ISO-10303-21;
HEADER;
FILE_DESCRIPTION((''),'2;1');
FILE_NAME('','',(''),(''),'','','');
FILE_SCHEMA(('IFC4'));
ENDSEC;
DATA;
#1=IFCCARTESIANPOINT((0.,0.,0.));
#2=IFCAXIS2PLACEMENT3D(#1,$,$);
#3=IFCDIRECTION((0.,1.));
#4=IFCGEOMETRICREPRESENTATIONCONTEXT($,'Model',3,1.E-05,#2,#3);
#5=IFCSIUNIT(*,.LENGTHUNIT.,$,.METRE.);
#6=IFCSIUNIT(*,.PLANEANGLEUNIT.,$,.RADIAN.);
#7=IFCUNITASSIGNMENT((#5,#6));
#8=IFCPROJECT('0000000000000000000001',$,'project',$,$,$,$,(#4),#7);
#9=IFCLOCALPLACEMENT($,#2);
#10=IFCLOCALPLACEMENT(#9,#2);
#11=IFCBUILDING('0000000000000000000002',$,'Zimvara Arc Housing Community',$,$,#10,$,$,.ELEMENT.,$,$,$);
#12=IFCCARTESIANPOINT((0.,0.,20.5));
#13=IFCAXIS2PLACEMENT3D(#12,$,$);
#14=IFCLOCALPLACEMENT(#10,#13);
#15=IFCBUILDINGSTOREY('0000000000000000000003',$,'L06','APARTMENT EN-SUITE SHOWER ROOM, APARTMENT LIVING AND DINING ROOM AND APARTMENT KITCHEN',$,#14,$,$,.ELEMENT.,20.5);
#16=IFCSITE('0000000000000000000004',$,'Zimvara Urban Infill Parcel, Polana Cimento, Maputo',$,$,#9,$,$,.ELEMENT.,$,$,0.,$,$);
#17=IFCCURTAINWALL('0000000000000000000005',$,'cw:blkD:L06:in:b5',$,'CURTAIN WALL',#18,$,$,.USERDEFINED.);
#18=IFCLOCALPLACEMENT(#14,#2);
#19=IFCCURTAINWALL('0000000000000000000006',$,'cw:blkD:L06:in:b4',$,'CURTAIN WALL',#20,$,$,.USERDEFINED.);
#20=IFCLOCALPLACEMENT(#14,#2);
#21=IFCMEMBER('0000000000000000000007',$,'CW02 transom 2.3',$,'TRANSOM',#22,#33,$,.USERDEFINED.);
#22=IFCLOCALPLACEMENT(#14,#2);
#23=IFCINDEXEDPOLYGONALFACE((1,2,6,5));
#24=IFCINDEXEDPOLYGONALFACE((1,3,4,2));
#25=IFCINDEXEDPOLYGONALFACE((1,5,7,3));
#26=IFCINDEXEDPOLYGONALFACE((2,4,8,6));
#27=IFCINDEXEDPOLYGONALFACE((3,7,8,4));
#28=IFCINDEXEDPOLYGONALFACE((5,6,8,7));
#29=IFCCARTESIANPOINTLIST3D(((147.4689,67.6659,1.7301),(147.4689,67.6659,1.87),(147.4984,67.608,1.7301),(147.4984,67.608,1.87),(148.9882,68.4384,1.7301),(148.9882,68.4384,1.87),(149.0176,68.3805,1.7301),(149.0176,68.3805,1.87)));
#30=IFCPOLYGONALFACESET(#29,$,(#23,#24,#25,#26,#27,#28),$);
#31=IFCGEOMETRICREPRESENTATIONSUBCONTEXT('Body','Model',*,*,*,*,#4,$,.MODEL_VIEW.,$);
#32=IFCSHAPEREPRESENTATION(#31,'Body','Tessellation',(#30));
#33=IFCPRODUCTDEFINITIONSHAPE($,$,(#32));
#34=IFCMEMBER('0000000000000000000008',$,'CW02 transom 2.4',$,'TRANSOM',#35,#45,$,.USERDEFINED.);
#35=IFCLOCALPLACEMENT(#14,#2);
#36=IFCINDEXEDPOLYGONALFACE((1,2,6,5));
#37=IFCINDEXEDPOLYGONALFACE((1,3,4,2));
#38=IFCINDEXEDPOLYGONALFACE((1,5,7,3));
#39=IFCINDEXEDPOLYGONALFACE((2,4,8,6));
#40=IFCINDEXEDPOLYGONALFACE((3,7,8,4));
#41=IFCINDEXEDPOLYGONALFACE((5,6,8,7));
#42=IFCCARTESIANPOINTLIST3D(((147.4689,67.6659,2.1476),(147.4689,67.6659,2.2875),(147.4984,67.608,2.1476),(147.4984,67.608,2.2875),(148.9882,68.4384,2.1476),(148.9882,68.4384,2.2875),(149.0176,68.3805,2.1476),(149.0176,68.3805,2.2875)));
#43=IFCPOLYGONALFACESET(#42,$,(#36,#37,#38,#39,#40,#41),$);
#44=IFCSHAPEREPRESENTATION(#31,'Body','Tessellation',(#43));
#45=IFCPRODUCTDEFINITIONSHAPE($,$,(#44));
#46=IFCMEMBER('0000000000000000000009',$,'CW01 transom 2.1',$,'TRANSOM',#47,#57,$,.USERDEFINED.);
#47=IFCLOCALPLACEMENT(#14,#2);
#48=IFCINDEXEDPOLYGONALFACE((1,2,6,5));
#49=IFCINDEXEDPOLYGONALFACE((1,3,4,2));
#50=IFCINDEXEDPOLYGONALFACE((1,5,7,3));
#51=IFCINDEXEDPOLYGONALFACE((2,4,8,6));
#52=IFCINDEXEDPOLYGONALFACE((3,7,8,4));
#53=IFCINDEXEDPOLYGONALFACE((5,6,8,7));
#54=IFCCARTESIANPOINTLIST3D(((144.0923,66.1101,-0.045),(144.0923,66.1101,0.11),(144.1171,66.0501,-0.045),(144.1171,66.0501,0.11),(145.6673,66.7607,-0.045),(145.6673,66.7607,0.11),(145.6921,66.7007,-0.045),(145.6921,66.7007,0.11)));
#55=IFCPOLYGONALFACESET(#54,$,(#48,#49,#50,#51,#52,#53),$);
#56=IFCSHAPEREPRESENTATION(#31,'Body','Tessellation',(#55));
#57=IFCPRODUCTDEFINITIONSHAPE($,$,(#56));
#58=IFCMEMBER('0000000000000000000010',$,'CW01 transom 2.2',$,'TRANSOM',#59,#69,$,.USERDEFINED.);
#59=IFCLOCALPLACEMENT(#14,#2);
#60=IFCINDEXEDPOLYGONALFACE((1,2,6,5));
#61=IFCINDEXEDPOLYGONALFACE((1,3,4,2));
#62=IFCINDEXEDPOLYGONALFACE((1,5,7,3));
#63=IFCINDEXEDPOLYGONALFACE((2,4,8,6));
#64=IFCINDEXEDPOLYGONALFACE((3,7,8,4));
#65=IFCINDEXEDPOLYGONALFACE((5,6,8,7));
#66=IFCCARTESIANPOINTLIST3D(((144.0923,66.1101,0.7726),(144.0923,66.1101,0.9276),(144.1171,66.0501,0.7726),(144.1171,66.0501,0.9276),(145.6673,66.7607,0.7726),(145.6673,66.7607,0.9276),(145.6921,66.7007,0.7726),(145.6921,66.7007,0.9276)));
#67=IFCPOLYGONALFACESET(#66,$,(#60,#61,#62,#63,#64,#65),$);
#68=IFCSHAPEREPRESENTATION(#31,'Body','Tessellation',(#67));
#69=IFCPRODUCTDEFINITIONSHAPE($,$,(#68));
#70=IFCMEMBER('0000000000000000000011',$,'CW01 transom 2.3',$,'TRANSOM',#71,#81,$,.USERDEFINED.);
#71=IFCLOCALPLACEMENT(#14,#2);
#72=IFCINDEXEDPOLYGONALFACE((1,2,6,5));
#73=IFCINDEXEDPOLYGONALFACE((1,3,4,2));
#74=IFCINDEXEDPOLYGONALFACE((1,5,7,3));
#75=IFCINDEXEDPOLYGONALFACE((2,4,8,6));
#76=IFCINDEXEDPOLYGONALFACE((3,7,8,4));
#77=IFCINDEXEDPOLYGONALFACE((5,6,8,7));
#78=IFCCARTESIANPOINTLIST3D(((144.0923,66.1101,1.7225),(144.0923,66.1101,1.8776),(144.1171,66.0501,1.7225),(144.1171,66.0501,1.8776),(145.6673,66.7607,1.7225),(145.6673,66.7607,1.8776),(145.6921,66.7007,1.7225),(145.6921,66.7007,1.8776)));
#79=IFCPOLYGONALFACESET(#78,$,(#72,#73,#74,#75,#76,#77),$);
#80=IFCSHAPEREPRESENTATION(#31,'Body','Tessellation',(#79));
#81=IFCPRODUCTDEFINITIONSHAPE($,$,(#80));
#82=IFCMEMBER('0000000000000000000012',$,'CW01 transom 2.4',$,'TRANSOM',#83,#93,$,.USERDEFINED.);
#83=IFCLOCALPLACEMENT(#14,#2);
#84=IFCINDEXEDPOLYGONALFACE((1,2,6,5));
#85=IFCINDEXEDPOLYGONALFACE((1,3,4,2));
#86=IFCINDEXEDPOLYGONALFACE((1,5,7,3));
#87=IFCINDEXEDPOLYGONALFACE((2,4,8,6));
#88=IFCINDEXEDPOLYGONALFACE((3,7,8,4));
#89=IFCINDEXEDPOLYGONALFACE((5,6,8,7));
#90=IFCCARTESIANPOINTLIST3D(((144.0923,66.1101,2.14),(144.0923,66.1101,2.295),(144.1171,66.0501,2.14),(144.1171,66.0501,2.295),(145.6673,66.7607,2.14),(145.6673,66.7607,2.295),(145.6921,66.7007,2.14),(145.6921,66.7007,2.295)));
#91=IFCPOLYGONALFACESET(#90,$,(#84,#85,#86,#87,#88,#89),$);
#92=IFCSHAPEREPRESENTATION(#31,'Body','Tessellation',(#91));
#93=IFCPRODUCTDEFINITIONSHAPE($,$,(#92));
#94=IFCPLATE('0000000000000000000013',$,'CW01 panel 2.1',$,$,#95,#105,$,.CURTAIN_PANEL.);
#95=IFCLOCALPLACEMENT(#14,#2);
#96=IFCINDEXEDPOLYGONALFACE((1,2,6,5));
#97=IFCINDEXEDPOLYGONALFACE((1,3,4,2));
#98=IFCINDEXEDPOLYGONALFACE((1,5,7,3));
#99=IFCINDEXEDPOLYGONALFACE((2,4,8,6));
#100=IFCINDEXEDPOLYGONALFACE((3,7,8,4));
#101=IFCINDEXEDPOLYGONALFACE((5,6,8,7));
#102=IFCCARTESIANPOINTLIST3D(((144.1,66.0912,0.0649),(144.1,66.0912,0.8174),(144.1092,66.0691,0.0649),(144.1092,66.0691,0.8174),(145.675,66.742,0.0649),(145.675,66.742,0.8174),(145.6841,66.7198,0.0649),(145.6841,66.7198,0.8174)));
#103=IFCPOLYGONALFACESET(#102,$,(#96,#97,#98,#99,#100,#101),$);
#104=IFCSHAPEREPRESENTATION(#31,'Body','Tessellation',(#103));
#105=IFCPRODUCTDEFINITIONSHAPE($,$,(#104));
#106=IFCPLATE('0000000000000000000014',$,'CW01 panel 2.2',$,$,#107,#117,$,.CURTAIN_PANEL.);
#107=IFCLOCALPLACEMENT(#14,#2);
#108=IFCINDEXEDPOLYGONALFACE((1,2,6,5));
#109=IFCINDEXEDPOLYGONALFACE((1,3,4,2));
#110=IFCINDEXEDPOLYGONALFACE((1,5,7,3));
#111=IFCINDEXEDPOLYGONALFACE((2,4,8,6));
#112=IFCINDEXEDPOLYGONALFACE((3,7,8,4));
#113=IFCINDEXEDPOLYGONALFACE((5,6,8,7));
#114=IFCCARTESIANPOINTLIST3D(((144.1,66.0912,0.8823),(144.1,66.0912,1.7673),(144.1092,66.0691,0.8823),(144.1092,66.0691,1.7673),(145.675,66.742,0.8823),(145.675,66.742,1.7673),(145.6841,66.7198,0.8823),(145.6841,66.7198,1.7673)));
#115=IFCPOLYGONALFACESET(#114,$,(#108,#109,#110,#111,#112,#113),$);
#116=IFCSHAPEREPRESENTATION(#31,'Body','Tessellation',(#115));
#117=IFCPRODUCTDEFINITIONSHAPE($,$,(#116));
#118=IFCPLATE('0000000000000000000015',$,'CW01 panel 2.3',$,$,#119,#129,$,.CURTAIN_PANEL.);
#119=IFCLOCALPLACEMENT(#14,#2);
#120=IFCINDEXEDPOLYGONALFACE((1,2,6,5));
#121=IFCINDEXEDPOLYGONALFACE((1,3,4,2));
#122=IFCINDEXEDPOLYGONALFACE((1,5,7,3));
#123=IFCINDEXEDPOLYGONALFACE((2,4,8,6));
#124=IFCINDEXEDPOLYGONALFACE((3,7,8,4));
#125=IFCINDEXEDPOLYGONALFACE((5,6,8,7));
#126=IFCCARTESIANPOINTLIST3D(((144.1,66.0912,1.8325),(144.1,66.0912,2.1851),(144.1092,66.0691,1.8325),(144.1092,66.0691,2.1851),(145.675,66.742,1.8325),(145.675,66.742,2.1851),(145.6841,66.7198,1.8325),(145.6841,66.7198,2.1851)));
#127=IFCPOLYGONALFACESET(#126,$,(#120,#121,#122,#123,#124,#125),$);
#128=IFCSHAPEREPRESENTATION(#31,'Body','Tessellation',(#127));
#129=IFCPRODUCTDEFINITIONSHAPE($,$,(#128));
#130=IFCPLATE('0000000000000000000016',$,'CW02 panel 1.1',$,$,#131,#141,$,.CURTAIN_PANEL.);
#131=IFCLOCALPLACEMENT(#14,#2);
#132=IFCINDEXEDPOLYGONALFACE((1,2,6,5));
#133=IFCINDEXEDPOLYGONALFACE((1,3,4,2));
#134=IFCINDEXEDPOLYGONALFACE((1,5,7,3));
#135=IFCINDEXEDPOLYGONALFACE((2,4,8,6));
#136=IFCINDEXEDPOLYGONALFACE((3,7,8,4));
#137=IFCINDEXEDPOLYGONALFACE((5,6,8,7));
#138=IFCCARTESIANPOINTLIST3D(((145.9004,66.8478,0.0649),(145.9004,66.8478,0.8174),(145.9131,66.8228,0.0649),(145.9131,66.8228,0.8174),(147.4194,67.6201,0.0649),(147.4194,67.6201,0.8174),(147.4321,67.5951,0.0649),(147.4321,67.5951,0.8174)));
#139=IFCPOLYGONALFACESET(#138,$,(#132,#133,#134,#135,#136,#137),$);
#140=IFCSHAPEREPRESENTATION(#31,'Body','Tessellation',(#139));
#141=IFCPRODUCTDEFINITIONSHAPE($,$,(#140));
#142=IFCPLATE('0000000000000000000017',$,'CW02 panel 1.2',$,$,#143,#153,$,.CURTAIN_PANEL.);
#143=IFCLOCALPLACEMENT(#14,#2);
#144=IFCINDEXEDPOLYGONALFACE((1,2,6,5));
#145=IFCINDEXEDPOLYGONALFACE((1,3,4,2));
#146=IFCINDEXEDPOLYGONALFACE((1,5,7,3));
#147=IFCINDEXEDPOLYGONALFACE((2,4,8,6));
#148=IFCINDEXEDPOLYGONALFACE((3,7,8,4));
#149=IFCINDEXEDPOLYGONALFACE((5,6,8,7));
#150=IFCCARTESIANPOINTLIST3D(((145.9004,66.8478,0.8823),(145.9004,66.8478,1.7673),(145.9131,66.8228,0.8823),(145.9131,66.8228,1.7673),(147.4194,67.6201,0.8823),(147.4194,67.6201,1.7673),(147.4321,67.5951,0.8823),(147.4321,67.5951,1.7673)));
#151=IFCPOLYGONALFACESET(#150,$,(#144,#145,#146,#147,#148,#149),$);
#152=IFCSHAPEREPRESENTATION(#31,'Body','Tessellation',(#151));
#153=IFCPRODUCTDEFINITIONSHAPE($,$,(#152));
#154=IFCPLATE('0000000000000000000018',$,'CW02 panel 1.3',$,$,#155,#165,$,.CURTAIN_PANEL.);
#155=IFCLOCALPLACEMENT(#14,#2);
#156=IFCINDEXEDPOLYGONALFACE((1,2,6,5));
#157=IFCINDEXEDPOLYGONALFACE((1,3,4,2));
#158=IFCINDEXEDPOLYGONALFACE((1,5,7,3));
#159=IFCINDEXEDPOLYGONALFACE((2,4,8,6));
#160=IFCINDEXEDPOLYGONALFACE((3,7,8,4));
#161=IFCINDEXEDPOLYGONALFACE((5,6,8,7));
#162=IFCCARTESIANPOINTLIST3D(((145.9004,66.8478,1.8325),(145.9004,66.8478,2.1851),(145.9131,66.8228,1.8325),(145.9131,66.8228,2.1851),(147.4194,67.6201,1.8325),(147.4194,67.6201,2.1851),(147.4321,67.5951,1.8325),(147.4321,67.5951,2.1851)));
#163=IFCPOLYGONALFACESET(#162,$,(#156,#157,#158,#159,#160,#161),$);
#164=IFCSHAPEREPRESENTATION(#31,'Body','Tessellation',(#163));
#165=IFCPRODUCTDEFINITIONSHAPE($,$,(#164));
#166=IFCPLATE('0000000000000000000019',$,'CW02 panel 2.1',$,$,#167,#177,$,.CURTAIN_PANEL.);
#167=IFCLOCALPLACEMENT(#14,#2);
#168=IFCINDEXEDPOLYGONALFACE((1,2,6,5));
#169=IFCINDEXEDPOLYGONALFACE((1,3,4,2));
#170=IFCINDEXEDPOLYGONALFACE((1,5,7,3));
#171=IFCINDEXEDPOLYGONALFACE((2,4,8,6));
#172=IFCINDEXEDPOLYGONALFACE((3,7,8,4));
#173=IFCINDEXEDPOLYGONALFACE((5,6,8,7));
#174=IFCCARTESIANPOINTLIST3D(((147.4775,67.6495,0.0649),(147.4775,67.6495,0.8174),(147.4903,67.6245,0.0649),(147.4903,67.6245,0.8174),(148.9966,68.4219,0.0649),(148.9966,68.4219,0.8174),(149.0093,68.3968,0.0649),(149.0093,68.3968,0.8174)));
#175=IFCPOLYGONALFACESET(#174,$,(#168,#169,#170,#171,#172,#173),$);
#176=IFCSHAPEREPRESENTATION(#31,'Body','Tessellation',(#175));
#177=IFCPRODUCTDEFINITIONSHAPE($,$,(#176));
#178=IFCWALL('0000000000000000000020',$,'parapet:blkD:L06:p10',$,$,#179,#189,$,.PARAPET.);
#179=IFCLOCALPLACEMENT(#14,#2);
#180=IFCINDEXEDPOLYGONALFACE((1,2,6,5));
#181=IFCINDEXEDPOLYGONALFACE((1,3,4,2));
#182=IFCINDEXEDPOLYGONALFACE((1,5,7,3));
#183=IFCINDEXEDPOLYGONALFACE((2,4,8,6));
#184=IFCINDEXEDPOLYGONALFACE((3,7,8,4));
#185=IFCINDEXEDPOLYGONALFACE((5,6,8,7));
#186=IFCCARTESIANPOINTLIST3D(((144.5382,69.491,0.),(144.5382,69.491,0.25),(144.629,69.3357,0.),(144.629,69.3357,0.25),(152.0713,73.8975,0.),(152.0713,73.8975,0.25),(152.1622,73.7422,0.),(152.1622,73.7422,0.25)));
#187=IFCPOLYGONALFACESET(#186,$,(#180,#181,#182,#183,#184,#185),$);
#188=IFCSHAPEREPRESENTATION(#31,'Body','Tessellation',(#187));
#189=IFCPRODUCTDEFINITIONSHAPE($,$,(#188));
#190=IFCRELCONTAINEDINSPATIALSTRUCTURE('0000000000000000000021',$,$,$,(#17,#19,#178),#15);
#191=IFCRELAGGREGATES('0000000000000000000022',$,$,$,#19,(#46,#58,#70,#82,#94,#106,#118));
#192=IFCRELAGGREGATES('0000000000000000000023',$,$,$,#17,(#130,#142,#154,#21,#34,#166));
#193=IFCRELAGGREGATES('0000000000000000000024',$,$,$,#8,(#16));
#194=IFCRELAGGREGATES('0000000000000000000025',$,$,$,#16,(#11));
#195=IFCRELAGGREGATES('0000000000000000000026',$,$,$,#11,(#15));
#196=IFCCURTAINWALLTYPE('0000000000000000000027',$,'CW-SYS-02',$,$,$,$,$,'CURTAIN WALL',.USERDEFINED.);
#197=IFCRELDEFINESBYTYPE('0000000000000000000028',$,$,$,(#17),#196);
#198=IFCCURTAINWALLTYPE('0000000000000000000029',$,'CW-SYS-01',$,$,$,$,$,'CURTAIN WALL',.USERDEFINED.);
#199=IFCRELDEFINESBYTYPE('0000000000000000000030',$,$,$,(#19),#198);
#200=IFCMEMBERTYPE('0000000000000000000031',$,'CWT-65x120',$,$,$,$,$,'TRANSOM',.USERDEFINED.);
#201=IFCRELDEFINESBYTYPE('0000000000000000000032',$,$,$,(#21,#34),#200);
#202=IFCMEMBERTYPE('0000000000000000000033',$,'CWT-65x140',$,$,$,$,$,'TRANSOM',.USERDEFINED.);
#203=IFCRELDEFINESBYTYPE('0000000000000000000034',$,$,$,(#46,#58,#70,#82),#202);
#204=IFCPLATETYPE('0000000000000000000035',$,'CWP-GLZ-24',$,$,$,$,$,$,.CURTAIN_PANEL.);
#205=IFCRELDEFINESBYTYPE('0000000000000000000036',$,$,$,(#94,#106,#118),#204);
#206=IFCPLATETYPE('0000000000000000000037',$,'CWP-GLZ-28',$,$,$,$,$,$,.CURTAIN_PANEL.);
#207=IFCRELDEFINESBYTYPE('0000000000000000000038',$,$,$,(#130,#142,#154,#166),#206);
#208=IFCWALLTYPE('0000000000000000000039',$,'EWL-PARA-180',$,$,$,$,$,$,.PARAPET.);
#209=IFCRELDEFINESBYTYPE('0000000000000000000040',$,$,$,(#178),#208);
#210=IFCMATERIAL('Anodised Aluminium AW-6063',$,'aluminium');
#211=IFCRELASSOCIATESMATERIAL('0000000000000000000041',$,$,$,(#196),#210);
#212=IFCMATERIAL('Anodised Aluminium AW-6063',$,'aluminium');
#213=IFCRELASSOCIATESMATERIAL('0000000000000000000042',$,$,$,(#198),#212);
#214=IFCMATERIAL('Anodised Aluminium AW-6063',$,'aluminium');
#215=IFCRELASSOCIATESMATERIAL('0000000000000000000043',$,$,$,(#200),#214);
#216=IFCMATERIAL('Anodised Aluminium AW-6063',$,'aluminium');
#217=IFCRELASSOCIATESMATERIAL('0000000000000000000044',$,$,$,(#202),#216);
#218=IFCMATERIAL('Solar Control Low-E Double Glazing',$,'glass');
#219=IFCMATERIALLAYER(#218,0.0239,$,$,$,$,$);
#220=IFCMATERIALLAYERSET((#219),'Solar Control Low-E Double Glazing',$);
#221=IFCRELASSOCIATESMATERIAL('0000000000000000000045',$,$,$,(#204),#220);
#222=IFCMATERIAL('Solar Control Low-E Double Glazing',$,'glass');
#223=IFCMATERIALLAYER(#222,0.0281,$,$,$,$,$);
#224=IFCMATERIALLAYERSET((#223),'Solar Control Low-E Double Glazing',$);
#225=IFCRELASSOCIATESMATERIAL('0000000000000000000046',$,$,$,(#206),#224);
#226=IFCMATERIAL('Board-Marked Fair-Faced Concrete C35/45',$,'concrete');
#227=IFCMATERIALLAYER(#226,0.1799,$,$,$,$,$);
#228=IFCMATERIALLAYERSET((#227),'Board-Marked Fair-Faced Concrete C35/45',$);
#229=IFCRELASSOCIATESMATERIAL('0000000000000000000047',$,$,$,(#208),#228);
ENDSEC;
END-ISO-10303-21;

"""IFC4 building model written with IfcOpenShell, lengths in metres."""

from ifc_helpers import new_model, si_unit, direction, frame, frame_2d, origin, origin_2d, place, context, subcontext, project, spatial, rectangle, extrude, material, layer, layer_set, material_profile, profile_set, type_object, element, aggregate, save


model = new_model("IFC4")

# Units and contexts
model_context = context("Model", 3, precision=1e-05, world=origin(), true_north=direction((0.0, 1.0)))
body_context = subcontext(model_context, "Body", "Model", "MODEL_VIEW")
ifc_project = project(units=[si_unit("LENGTHUNIT", "METRE"), si_unit("PLANEANGLEUNIT", "RADIAN")], contexts=[model_context])

# Site, building, storey
site_placement = place(None, origin())
site = spatial("IfcSite", under=ifc_project, at=site_placement, Name="Zimvara Urban Infill Parcel, Polana Cimento, Maputo", CompositionType="ELEMENT", RefElevation=0.0)
building_placement = place(site_placement, origin())
building = spatial("IfcBuilding", under=site, at=building_placement, Name="Zimvara Arc Housing Community", CompositionType="ELEMENT")
storey_placement = place(building_placement, frame((0.0, 0.0, 20.5)))
storey = spatial("IfcBuildingStorey", under=building, at=storey_placement, Name="L06", Description="APARTMENT EN-SUITE SHOWER ROOM, APARTMENT LIVING AND DINING ROOM AND APARTMENT KITCHEN", CompositionType="ELEMENT", Elevation=20.5)

# Curtain walls
ifc_material_1 = material(Name="Anodised Aluminium AW-6063", Category="aluminium")
curtain_wall_type_1 = type_object("IfcCurtainWallType", Name="CW-SYS-02", ElementType="CURTAIN WALL", PredefinedType="USERDEFINED", material=ifc_material_1)
curtain_wall_1_placement = place(storey_placement, origin())
curtain_wall_1 = element("IfcCurtainWall", 1, at=curtain_wall_1_placement, inside=storey, type_object=curtain_wall_type_1, Name="cw:blkD:L06:in:b5", ObjectType="CURTAIN WALL", PredefinedType="USERDEFINED")
ifc_material_2 = material(Name="Anodised Aluminium AW-6063", Category="aluminium")
curtain_wall_type_2 = type_object("IfcCurtainWallType", Name="CW-SYS-01", ElementType="CURTAIN WALL", PredefinedType="USERDEFINED", material=ifc_material_2)
curtain_wall_2_placement = place(storey_placement, origin())
curtain_wall_2 = element("IfcCurtainWall", 2, at=curtain_wall_2_placement, inside=storey, type_object=curtain_wall_type_2, Name="cw:blkD:L06:in:b4", ObjectType="CURTAIN WALL", PredefinedType="USERDEFINED")

# Members
ifc_material_3 = material(Name="Anodised Aluminium AW-6063", Category="aluminium")
ifc_material_profile_1 = material_profile(ifc_material_3, rectangle(XDim=0.0649, YDim=0.1399, at=origin_2d()), Name="ALU 65x140")
ifc_profile_set_1 = profile_set([ifc_material_profile_1], Name="Anodised Aluminium AW-6063")
member_type_1 = type_object("IfcMemberType", Name="CWT-65x120", ElementType="TRANSOM", PredefinedType="USERDEFINED", material=ifc_profile_set_1)
member_1_placement = place(storey_placement, frame((147.4836, 67.637, 1.8), z_axis=(0.891399, 0.45322, 0.0), x_axis=(-0.45322, 0.891399, 0.0)))
member_1 = element("IfcMember", 3, at=member_1_placement, type_object=member_type_1, Name="CW02 transom 2.3", ObjectType="TRANSOM", PredefinedType="USERDEFINED", context=body_context, shape_type="SweptSolid", body=[
    extrude(rectangle(XDim=0.0649, YDim=0.1399, at=origin_2d()), origin(), (0.0, 0.0, 1.0), 1.7043),
])
member_2_placement = place(storey_placement, frame((147.4836, 67.637, 2.2175), z_axis=(0.891399, 0.45322, 0.0), x_axis=(-0.45322, 0.891399, 0.0)))
member_2 = element("IfcMember", 4, at=member_2_placement, type_object=member_type_1, Name="CW02 transom 2.4", ObjectType="TRANSOM", PredefinedType="USERDEFINED", context=body_context, shape_type="SweptSolid", body=[
    extrude(rectangle(XDim=0.0649, YDim=0.1399, at=origin_2d()), origin(), (0.0, 0.0, 1.0), 1.7043),
])
ifc_material_4 = material(Name="Anodised Aluminium AW-6063", Category="aluminium")
ifc_material_profile_2 = material_profile(ifc_material_4, rectangle(XDim=0.0649, YDim=0.155, at=origin_2d()), Name="ALU 65x155")
ifc_profile_set_2 = profile_set([ifc_material_profile_2], Name="Anodised Aluminium AW-6063")
member_type_2 = type_object("IfcMemberType", Name="CWT-65x140", ElementType="TRANSOM", PredefinedType="USERDEFINED", material=ifc_profile_set_2)
member_3_placement = place(storey_placement, frame((144.1047, 66.0801, 0.0325), z_axis=(0.924238, 0.381816, 0.0), x_axis=(-0.381816, 0.924238, 0.0)))
member_3 = element("IfcMember", 5, at=member_3_placement, type_object=member_type_2, Name="CW01 transom 2.1", ObjectType="TRANSOM", PredefinedType="USERDEFINED", context=body_context, shape_type="SweptSolid", body=[
    extrude(rectangle(XDim=0.0649, YDim=0.155, at=origin_2d()), origin(), (0.0, 0.0, 1.0), 1.7041),
])
member_4_placement = place(storey_placement, frame((144.1047, 66.0801, 0.8501), z_axis=(0.924238, 0.381816, 0.0), x_axis=(-0.381816, 0.924238, 0.0)))
member_4 = element("IfcMember", 6, at=member_4_placement, type_object=member_type_2, Name="CW01 transom 2.2", ObjectType="TRANSOM", PredefinedType="USERDEFINED", context=body_context, shape_type="SweptSolid", body=[
    extrude(rectangle(XDim=0.0649, YDim=0.155, at=origin_2d()), origin(), (0.0, 0.0, 1.0), 1.7041),
])
member_5_placement = place(storey_placement, frame((144.1047, 66.0801, 1.8), z_axis=(0.924238, 0.381816, 0.0), x_axis=(-0.381816, 0.924238, 0.0)))
member_5 = element("IfcMember", 7, at=member_5_placement, type_object=member_type_2, Name="CW01 transom 2.3", ObjectType="TRANSOM", PredefinedType="USERDEFINED", context=body_context, shape_type="SweptSolid", body=[
    extrude(rectangle(XDim=0.0649, YDim=0.155, at=origin_2d()), origin(), (0.0, 0.0, 1.0), 1.7041),
])
member_6_placement = place(storey_placement, frame((144.1047, 66.0801, 2.2175), z_axis=(0.924238, 0.381816, 0.0), x_axis=(-0.381816, 0.924238, 0.0)))
member_6 = element("IfcMember", 8, at=member_6_placement, type_object=member_type_2, Name="CW01 transom 2.4", ObjectType="TRANSOM", PredefinedType="USERDEFINED", context=body_context, shape_type="SweptSolid", body=[
    extrude(rectangle(XDim=0.0649, YDim=0.155, at=origin_2d()), origin(), (0.0, 0.0, 1.0), 1.7041),
])

# Plates
ifc_material_5 = material(Name="Solar Control Low-E Double Glazing", Category="glass")
ifc_layer_1 = layer(ifc_material_5, 0.0239)
ifc_layer_set_1 = layer_set([ifc_layer_1], Name="Solar Control Low-E Double Glazing")
plate_type_1 = type_object("IfcPlateType", Name="CWP-GLZ-24", PredefinedType="CURTAIN_PANEL", material=ifc_layer_set_1)
plate_1_placement = place(storey_placement, frame((144.8921, 66.4055, 0.0649), z_axis=(0.0, 0.0, 1.0), x_axis=(0.924213, 0.381878, 0.0)))
plate_1 = element("IfcPlate", 9, at=plate_1_placement, type_object=plate_type_1, Name="CW01 panel 2.1", PredefinedType="CURTAIN_PANEL", context=body_context, shape_type="SweptSolid", body=[
    extrude(rectangle(XDim=1.7041, YDim=0.0239, at=origin_2d()), origin(), (0.0, 0.0, 1.0), 0.7524),
])
plate_2_placement = place(storey_placement, frame((144.8921, 66.4055, 0.8823), z_axis=(0.0, 0.0, 1.0), x_axis=(0.924213, 0.381878, 0.0)))
plate_2 = element("IfcPlate", 10, at=plate_2_placement, type_object=plate_type_1, Name="CW01 panel 2.2", PredefinedType="CURTAIN_PANEL", context=body_context, shape_type="SweptSolid", body=[
    extrude(rectangle(XDim=1.7041, YDim=0.0239, at=origin_2d()), origin(), (0.0, 0.0, 1.0), 0.885),
])
plate_3_placement = place(storey_placement, frame((144.8921, 66.4055, 1.8325), z_axis=(0.0, 0.0, 1.0), x_axis=(0.924213, 0.381878, 0.0)))
plate_3 = element("IfcPlate", 11, at=plate_3_placement, type_object=plate_type_1, Name="CW01 panel 2.3", PredefinedType="CURTAIN_PANEL", context=body_context, shape_type="SweptSolid", body=[
    extrude(rectangle(XDim=1.7041, YDim=0.0239, at=origin_2d()), origin(), (0.0, 0.0, 1.0), 0.3525),
])
aggregate(curtain_wall_2, [member_3, member_4, member_5, member_6, plate_1, plate_2, plate_3])
ifc_material_6 = material(Name="Solar Control Low-E Double Glazing", Category="glass")
ifc_layer_2 = layer(ifc_material_6, 0.0281)
ifc_layer_set_2 = layer_set([ifc_layer_2], Name="Solar Control Low-E Double Glazing")
plate_type_2 = type_object("IfcPlateType", Name="CWP-GLZ-28", PredefinedType="CURTAIN_PANEL", material=ifc_layer_set_2)
plate_4_placement = place(storey_placement, frame((146.6663, 67.2214, 0.0649), z_axis=(0.0, 0.0, 1.0), x_axis=(0.891402, 0.453213, 0.0)))
plate_4 = element("IfcPlate", 12, at=plate_4_placement, type_object=plate_type_2, Name="CW02 panel 1.1", PredefinedType="CURTAIN_PANEL", context=body_context, shape_type="SweptSolid", body=[
    extrude(rectangle(XDim=1.7041, YDim=0.0281, at=origin_2d()), origin(), (0.0, 0.0, 1.0), 0.7524),
])
plate_5_placement = place(storey_placement, frame((146.6663, 67.2214, 0.8823), z_axis=(0.0, 0.0, 1.0), x_axis=(0.891402, 0.453213, 0.0)))
plate_5 = element("IfcPlate", 13, at=plate_5_placement, type_object=plate_type_2, Name="CW02 panel 1.2", PredefinedType="CURTAIN_PANEL", context=body_context, shape_type="SweptSolid", body=[
    extrude(rectangle(XDim=1.7041, YDim=0.0281, at=origin_2d()), origin(), (0.0, 0.0, 1.0), 0.885),
])
plate_6_placement = place(storey_placement, frame((146.6663, 67.2214, 1.8325), z_axis=(0.0, 0.0, 1.0), x_axis=(0.891402, 0.453213, 0.0)))
plate_6 = element("IfcPlate", 14, at=plate_6_placement, type_object=plate_type_2, Name="CW02 panel 1.3", PredefinedType="CURTAIN_PANEL", context=body_context, shape_type="SweptSolid", body=[
    extrude(rectangle(XDim=1.7041, YDim=0.0281, at=origin_2d()), origin(), (0.0, 0.0, 1.0), 0.3525),
])
plate_7_placement = place(storey_placement, frame((148.2434, 68.0232, 0.0649), z_axis=(0.0, 0.0, 1.0), x_axis=(0.891402, 0.453213, 0.0)))
plate_7 = element("IfcPlate", 15, at=plate_7_placement, type_object=plate_type_2, Name="CW02 panel 2.1", PredefinedType="CURTAIN_PANEL", context=body_context, shape_type="SweptSolid", body=[
    extrude(rectangle(XDim=1.7041, YDim=0.0281, at=origin_2d()), origin(), (0.0, 0.0, 1.0), 0.7524),
])
aggregate(curtain_wall_1, [plate_4, plate_5, plate_6, member_1, member_2, plate_7])

# Wall
ifc_material_7 = material(Name="Board-Marked Fair-Faced Concrete C35/45", Category="concrete")
ifc_layer_3 = layer(ifc_material_7, 0.1799)
ifc_layer_set_3 = layer_set([ifc_layer_3], Name="Board-Marked Fair-Faced Concrete C35/45")
wall_type = type_object("IfcWallType", Name="EWL-PARA-180", PredefinedType="PARAPET", material=ifc_layer_set_3)
wall_placement = place(storey_placement, frame((144.5835, 69.4133, 0.0), z_axis=(0.0, 0.0, 1.0), x_axis=(0.863174, 0.504907, 0.0)))
element("IfcWall", 16, at=wall_placement, inside=storey, type_object=wall_type, Name="parapet:blkD:L06:p10", PredefinedType="PARAPET", context=body_context, shape_type="SweptSolid", body=[
    extrude(rectangle(XDim=8.7273, YDim=0.1799, at=frame_2d((4.3638, 0.0))), origin(), (0.0, 0.0, 1.0), 0.25),
])

save(model, "model.ifc")
